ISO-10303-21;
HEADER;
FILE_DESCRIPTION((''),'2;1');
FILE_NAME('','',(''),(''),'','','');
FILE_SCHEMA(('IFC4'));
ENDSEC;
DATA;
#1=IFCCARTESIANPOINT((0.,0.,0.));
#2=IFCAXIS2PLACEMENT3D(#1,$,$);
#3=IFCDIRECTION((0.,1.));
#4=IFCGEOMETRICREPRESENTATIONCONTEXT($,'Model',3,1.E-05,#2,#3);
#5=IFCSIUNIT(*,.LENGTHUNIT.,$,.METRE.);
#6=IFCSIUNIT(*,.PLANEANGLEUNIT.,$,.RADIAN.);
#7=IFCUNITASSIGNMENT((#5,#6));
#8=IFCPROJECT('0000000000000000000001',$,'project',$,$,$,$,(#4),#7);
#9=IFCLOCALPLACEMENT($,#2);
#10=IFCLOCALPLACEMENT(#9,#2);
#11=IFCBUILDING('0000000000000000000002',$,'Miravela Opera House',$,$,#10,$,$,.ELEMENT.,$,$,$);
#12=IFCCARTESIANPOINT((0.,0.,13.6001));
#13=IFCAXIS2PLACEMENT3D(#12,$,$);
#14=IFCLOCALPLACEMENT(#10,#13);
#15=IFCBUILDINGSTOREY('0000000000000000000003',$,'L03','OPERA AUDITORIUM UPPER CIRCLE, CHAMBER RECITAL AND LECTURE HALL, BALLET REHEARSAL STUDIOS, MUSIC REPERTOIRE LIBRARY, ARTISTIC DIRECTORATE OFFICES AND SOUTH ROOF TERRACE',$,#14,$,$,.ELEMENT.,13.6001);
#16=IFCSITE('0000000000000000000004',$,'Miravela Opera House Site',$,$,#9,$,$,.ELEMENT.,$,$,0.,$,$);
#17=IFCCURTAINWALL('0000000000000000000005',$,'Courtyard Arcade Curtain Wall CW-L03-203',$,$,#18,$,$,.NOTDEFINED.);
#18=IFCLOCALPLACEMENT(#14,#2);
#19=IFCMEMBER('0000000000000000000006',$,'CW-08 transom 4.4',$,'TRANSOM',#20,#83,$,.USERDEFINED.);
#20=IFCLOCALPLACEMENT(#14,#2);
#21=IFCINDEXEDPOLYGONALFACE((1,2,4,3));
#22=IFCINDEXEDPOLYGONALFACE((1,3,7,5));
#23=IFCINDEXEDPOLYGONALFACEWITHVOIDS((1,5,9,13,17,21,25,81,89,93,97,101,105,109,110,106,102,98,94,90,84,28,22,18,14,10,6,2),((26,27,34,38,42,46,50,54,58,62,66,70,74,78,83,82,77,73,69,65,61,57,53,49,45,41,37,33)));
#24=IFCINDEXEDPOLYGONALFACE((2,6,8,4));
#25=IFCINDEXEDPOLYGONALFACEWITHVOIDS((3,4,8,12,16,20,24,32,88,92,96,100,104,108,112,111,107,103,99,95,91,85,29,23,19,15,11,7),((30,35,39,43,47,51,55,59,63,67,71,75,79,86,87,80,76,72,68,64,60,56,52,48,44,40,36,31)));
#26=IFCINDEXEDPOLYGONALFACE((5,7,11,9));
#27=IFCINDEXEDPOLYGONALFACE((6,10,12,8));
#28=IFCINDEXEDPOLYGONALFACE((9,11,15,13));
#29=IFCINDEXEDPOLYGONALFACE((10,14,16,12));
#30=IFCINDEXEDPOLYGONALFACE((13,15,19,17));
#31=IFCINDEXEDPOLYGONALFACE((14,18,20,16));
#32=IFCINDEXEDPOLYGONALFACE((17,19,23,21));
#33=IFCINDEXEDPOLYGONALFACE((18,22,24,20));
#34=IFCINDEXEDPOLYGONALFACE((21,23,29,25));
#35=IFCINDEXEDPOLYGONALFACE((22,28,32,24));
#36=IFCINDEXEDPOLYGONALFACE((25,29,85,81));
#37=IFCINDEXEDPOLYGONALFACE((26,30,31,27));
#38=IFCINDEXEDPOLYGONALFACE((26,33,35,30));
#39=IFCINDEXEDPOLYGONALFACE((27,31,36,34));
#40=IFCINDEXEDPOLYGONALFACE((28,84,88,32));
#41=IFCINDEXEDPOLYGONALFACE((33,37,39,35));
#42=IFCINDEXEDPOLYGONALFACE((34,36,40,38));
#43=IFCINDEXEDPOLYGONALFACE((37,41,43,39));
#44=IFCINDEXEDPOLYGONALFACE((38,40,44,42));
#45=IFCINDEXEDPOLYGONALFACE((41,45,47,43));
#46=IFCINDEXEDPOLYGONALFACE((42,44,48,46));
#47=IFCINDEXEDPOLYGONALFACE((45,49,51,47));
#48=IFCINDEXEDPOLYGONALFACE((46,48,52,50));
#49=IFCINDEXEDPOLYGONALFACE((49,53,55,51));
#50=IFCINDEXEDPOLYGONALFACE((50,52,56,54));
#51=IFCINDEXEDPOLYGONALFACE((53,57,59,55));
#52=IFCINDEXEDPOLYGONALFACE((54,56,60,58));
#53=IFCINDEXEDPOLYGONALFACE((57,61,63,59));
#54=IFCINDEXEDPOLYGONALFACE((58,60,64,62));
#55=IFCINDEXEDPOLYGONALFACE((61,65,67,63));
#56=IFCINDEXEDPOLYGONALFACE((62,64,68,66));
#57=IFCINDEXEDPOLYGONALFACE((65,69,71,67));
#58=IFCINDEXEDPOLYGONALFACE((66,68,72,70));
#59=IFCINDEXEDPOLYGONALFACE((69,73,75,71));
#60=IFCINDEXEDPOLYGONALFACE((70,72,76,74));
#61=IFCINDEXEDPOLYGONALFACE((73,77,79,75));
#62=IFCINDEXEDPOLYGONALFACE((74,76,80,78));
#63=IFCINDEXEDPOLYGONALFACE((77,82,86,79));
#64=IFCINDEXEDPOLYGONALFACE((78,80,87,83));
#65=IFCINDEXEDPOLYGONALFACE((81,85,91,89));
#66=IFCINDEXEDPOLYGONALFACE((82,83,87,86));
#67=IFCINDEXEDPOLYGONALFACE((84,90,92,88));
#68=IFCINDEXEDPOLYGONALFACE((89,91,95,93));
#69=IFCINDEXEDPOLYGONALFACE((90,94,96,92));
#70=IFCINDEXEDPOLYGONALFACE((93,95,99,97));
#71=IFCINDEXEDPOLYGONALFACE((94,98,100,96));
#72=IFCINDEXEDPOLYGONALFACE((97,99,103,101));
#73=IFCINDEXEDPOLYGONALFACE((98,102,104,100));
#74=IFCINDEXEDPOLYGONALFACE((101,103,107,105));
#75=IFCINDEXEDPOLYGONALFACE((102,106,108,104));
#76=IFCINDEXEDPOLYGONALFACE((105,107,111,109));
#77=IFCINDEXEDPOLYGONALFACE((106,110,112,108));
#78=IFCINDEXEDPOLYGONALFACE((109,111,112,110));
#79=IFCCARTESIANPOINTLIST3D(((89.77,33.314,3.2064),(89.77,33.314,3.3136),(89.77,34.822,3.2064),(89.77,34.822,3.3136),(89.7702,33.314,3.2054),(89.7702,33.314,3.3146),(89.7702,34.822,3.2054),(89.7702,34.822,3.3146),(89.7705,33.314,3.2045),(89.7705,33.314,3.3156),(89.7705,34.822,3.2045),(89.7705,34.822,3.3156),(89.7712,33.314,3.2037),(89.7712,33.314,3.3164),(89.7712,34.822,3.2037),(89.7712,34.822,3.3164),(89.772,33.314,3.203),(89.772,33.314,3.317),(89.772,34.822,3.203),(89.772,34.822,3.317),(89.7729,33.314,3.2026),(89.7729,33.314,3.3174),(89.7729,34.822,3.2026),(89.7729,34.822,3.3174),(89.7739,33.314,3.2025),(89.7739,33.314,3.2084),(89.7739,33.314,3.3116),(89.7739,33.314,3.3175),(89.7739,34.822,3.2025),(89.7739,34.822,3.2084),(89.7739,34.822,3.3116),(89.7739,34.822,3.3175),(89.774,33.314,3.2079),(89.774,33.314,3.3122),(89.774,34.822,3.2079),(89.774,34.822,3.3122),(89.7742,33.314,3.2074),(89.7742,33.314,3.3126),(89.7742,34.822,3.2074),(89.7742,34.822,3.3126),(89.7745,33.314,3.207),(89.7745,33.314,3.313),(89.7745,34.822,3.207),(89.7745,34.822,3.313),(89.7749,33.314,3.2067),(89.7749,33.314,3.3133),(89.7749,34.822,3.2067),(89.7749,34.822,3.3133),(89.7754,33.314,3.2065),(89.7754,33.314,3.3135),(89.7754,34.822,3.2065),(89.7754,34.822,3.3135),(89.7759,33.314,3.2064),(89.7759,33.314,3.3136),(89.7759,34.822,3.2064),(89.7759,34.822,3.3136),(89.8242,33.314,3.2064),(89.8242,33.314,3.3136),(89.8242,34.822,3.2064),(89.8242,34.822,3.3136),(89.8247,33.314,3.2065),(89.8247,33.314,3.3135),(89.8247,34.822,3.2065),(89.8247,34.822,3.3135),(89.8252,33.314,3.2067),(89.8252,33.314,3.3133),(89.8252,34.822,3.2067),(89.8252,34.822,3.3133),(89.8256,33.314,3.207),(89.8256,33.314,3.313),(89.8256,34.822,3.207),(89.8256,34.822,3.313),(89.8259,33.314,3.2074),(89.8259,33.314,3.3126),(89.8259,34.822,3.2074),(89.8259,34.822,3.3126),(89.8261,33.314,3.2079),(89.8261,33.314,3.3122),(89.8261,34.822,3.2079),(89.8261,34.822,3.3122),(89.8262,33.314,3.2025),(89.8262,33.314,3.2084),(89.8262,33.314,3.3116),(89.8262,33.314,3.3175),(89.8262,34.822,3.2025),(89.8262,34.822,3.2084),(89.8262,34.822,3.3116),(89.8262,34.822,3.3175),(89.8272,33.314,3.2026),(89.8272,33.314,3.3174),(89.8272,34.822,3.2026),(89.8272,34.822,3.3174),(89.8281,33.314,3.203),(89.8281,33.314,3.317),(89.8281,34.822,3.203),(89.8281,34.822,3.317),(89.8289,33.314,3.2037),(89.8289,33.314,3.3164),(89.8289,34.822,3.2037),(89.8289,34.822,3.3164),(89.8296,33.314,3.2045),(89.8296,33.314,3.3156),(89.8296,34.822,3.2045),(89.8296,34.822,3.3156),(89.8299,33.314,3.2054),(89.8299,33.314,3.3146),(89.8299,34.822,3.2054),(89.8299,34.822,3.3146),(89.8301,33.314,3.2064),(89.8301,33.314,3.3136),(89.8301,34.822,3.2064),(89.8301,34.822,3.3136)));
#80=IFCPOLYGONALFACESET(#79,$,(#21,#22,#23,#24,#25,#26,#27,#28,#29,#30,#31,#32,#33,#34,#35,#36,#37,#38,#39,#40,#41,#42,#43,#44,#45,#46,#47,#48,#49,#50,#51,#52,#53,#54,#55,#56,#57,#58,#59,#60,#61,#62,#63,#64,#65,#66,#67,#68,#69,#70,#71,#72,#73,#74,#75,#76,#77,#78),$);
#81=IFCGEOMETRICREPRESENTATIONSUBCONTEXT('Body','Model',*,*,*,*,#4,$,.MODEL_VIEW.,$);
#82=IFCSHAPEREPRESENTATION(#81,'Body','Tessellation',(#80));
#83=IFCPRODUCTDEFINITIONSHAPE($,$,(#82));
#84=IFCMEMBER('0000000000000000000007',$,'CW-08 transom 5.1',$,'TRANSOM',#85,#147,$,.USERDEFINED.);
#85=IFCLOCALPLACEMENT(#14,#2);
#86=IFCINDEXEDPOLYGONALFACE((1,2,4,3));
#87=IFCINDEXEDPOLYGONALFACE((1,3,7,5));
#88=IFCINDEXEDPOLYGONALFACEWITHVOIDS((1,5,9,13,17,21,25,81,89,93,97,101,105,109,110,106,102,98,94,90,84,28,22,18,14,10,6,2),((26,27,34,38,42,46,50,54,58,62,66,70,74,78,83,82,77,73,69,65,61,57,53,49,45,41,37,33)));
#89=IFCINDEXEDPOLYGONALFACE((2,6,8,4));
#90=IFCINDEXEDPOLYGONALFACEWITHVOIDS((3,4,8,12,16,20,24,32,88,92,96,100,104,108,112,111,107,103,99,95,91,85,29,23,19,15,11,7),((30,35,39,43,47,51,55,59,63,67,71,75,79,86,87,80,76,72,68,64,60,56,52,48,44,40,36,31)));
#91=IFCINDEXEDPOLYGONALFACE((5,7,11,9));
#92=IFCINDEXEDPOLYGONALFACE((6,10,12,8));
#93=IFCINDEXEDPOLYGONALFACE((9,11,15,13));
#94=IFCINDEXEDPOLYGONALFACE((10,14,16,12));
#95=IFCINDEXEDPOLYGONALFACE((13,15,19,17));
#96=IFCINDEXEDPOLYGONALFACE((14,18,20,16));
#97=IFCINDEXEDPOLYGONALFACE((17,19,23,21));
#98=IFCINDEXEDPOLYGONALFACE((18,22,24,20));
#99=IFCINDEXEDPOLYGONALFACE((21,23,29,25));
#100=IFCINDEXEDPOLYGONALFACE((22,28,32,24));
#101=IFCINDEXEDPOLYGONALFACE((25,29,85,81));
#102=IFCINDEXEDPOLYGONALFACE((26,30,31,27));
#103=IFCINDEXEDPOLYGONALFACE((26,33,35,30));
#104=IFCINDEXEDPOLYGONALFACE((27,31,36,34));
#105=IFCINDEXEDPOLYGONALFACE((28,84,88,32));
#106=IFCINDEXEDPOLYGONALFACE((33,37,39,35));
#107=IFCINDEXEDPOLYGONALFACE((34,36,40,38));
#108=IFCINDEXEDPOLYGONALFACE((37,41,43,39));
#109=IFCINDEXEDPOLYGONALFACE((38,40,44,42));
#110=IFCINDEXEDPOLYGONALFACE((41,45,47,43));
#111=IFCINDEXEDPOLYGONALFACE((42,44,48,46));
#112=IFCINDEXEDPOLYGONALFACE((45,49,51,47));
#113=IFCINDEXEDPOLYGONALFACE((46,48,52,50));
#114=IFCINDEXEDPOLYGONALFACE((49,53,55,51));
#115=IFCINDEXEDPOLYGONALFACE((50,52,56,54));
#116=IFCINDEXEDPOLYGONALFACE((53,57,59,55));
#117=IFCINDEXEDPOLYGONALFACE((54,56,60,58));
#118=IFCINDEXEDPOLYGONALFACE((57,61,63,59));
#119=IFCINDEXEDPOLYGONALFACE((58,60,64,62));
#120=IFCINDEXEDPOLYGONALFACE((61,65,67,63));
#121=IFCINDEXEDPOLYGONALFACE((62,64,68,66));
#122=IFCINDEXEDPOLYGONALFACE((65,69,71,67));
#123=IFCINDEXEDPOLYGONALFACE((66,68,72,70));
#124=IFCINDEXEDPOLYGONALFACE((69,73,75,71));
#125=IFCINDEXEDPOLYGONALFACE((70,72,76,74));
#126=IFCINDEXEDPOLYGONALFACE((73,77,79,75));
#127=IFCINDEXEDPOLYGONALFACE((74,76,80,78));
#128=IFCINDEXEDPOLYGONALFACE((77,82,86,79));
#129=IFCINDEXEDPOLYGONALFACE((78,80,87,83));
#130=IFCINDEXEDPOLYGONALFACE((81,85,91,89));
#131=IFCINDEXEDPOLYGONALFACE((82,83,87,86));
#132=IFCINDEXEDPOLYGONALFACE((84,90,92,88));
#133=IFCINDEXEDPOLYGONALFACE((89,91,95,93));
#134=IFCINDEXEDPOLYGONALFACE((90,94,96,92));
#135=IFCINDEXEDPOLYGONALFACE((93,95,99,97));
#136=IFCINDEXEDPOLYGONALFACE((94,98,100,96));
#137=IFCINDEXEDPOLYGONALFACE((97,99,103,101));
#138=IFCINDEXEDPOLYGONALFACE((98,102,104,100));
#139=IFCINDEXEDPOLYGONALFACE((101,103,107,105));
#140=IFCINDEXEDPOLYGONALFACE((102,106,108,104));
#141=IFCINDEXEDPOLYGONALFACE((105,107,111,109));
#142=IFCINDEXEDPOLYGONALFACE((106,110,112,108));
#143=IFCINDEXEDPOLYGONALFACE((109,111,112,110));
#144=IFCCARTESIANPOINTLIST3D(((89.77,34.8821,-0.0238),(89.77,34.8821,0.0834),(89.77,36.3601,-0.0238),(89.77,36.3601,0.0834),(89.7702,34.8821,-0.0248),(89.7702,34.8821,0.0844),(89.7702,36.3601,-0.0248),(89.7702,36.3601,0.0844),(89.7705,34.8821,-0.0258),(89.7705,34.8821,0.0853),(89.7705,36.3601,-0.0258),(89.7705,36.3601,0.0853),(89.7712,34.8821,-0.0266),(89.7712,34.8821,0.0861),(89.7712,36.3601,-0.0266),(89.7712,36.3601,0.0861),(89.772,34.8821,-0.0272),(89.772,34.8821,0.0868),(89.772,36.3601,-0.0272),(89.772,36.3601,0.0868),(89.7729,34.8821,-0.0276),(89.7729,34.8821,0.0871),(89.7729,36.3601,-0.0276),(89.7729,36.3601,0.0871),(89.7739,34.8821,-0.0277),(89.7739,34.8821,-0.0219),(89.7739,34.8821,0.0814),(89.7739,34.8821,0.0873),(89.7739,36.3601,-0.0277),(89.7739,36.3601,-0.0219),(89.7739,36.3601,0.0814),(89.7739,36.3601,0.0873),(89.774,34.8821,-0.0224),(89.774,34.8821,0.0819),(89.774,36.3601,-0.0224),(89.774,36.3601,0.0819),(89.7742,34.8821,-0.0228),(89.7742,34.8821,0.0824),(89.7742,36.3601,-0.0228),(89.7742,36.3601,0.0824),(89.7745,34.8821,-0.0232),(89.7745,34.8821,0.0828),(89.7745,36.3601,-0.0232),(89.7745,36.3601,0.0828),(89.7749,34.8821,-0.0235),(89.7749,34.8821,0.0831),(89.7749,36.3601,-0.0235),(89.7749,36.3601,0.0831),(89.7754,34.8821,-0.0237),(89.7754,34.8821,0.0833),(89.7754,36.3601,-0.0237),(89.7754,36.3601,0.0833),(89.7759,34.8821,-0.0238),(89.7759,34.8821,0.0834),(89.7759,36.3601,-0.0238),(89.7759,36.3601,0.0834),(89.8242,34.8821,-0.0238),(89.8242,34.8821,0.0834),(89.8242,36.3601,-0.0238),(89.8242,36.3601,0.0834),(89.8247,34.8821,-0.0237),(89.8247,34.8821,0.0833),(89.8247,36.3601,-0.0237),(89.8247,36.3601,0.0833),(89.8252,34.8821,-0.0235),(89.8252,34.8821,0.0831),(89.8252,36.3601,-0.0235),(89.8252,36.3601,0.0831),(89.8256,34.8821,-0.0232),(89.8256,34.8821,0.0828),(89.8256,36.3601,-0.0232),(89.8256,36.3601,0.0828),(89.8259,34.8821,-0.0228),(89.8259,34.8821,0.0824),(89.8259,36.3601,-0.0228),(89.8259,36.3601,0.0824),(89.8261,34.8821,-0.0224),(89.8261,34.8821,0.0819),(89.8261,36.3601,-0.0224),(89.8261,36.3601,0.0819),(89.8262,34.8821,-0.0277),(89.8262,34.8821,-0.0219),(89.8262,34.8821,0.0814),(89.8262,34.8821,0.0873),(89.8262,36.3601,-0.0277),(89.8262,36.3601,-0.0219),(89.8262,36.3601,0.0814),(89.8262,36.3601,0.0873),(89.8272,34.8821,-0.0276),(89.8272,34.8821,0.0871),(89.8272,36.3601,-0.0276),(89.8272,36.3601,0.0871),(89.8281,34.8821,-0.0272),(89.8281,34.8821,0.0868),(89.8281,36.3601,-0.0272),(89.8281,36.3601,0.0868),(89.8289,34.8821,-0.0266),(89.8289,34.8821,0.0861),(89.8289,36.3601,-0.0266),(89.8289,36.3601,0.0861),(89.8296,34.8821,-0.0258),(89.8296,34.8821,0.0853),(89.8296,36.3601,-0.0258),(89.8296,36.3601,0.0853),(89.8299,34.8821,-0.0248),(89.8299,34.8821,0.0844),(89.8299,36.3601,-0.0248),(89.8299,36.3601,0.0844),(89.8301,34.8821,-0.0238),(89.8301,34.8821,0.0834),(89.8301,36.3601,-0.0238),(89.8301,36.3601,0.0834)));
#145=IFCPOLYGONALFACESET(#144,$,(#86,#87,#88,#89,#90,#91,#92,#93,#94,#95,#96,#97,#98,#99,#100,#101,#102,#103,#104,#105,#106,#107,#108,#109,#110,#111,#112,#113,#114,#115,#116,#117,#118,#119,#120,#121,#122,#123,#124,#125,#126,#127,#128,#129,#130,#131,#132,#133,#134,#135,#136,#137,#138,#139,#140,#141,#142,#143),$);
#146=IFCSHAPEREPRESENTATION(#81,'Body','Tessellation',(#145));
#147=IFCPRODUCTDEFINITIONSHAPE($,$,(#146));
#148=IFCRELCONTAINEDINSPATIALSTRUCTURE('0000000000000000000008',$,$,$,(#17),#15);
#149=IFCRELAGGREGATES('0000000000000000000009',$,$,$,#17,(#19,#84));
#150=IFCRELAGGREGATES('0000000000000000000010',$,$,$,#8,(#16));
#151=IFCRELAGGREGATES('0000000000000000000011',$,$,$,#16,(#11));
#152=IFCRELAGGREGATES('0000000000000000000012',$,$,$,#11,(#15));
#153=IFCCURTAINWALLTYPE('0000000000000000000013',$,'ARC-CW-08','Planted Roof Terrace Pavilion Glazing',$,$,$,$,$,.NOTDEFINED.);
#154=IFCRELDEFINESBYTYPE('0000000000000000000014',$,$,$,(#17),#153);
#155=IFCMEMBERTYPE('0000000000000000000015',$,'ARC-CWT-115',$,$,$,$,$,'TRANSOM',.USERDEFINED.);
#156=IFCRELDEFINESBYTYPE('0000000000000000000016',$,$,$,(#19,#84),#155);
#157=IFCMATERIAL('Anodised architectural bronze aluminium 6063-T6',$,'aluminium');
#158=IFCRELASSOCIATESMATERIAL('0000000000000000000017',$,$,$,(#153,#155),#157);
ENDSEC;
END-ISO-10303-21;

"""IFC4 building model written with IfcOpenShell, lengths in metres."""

from ifc_helpers import new_model, si_unit, direction, frame, origin, origin_2d, place, context, subcontext, project, spatial, hollow_rectangle, extrude, material, material_profile, profile_set, type_object, element, aggregate, save


model = new_model("IFC4")

# Units and contexts
model_context = context("Model", 3, precision=1e-05, world=origin(), true_north=direction((0.0, 1.0)))
body_context = subcontext(model_context, "Body", "Model", "MODEL_VIEW")
ifc_project = project(units=[si_unit("LENGTHUNIT", "METRE"), si_unit("PLANEANGLEUNIT", "RADIAN")], contexts=[model_context])

# Site, building, storey
site_placement = place(None, origin())
site = spatial("IfcSite", under=ifc_project, at=site_placement, Name="Miravela Opera House Site", CompositionType="ELEMENT", RefElevation=0.0)
building_placement = place(site_placement, origin())
building = spatial("IfcBuilding", under=site, at=building_placement, Name="Miravela Opera House", CompositionType="ELEMENT")
storey_placement = place(building_placement, frame((0.0, 0.0, 13.6001)))
storey = spatial("IfcBuildingStorey", under=building, at=storey_placement, Name="L03", Description="OPERA AUDITORIUM UPPER CIRCLE, CHAMBER RECITAL AND LECTURE HALL, BALLET REHEARSAL STUDIOS, MUSIC REPERTOIRE LIBRARY, ARTISTIC DIRECTORATE OFFICES AND SOUTH ROOF TERRACE", CompositionType="ELEMENT", Elevation=13.6001)

# Curtain wall, members
ifc_material_1 = material(Name="Anodised architectural bronze aluminium 6063-T6", Category="aluminium")
curtain_wall_type = type_object("IfcCurtainWallType", Name="ARC-CW-08", Description="Planted Roof Terrace Pavilion Glazing", PredefinedType="NOTDEFINED", material=ifc_material_1)
curtain_wall_placement = place(storey_placement, origin())
curtain_wall = element("IfcCurtainWall", 1, at=curtain_wall_placement, inside=storey, type_object=curtain_wall_type, Name="Courtyard Arcade Curtain Wall CW-L03-203", PredefinedType="NOTDEFINED")
ifc_material_profile_1 = material_profile(ifc_material_1, hollow_rectangle(XDim=0.0601, YDim=0.115, WallThickness=0.0039, InnerFilletRadius=0.002, OuterFilletRadius=0.0039, at=origin_2d()), Name="CWT-60X115")
ifc_profile_set_1 = profile_set([ifc_material_profile_1])
member_type_1 = type_object("IfcMemberType", Name="ARC-CWT-115", ElementType="TRANSOM", PredefinedType="USERDEFINED", material=ifc_profile_set_1)
member_1_placement = place(storey_placement, frame((89.8, 33.314, 3.26), z_axis=(0.0, 1.0, 0.0), x_axis=(-1.0, 0.0, 0.0)))
member_1 = element("IfcMember", 2, at=member_1_placement, type_object=member_type_1, Name="CW-08 transom 4.4", ObjectType="TRANSOM", PredefinedType="USERDEFINED", context=body_context, shape_type="SweptSolid", body=[
    extrude(hollow_rectangle(XDim=0.0601, YDim=0.115, WallThickness=0.0039, InnerFilletRadius=0.002, OuterFilletRadius=0.0039, at=origin_2d()), origin(), (0.0, 0.0, 1.0), 1.5081),
])
member_2_placement = place(storey_placement, frame((89.8, 34.8821, 0.0298), z_axis=(0.0, 1.0, 0.0), x_axis=(-1.0, 0.0, 0.0)))
member_2 = element("IfcMember", 3, at=member_2_placement, type_object=member_type_1, Name="CW-08 transom 5.1", ObjectType="TRANSOM", PredefinedType="USERDEFINED", context=body_context, shape_type="SweptSolid", body=[
    extrude(hollow_rectangle(XDim=0.0601, YDim=0.115, WallThickness=0.0039, InnerFilletRadius=0.002, OuterFilletRadius=0.0039, at=origin_2d()), origin(), (0.0, 0.0, 1.0), 1.478),
])
aggregate(curtain_wall, [member_1, member_2])

save(model, "model.ifc")
